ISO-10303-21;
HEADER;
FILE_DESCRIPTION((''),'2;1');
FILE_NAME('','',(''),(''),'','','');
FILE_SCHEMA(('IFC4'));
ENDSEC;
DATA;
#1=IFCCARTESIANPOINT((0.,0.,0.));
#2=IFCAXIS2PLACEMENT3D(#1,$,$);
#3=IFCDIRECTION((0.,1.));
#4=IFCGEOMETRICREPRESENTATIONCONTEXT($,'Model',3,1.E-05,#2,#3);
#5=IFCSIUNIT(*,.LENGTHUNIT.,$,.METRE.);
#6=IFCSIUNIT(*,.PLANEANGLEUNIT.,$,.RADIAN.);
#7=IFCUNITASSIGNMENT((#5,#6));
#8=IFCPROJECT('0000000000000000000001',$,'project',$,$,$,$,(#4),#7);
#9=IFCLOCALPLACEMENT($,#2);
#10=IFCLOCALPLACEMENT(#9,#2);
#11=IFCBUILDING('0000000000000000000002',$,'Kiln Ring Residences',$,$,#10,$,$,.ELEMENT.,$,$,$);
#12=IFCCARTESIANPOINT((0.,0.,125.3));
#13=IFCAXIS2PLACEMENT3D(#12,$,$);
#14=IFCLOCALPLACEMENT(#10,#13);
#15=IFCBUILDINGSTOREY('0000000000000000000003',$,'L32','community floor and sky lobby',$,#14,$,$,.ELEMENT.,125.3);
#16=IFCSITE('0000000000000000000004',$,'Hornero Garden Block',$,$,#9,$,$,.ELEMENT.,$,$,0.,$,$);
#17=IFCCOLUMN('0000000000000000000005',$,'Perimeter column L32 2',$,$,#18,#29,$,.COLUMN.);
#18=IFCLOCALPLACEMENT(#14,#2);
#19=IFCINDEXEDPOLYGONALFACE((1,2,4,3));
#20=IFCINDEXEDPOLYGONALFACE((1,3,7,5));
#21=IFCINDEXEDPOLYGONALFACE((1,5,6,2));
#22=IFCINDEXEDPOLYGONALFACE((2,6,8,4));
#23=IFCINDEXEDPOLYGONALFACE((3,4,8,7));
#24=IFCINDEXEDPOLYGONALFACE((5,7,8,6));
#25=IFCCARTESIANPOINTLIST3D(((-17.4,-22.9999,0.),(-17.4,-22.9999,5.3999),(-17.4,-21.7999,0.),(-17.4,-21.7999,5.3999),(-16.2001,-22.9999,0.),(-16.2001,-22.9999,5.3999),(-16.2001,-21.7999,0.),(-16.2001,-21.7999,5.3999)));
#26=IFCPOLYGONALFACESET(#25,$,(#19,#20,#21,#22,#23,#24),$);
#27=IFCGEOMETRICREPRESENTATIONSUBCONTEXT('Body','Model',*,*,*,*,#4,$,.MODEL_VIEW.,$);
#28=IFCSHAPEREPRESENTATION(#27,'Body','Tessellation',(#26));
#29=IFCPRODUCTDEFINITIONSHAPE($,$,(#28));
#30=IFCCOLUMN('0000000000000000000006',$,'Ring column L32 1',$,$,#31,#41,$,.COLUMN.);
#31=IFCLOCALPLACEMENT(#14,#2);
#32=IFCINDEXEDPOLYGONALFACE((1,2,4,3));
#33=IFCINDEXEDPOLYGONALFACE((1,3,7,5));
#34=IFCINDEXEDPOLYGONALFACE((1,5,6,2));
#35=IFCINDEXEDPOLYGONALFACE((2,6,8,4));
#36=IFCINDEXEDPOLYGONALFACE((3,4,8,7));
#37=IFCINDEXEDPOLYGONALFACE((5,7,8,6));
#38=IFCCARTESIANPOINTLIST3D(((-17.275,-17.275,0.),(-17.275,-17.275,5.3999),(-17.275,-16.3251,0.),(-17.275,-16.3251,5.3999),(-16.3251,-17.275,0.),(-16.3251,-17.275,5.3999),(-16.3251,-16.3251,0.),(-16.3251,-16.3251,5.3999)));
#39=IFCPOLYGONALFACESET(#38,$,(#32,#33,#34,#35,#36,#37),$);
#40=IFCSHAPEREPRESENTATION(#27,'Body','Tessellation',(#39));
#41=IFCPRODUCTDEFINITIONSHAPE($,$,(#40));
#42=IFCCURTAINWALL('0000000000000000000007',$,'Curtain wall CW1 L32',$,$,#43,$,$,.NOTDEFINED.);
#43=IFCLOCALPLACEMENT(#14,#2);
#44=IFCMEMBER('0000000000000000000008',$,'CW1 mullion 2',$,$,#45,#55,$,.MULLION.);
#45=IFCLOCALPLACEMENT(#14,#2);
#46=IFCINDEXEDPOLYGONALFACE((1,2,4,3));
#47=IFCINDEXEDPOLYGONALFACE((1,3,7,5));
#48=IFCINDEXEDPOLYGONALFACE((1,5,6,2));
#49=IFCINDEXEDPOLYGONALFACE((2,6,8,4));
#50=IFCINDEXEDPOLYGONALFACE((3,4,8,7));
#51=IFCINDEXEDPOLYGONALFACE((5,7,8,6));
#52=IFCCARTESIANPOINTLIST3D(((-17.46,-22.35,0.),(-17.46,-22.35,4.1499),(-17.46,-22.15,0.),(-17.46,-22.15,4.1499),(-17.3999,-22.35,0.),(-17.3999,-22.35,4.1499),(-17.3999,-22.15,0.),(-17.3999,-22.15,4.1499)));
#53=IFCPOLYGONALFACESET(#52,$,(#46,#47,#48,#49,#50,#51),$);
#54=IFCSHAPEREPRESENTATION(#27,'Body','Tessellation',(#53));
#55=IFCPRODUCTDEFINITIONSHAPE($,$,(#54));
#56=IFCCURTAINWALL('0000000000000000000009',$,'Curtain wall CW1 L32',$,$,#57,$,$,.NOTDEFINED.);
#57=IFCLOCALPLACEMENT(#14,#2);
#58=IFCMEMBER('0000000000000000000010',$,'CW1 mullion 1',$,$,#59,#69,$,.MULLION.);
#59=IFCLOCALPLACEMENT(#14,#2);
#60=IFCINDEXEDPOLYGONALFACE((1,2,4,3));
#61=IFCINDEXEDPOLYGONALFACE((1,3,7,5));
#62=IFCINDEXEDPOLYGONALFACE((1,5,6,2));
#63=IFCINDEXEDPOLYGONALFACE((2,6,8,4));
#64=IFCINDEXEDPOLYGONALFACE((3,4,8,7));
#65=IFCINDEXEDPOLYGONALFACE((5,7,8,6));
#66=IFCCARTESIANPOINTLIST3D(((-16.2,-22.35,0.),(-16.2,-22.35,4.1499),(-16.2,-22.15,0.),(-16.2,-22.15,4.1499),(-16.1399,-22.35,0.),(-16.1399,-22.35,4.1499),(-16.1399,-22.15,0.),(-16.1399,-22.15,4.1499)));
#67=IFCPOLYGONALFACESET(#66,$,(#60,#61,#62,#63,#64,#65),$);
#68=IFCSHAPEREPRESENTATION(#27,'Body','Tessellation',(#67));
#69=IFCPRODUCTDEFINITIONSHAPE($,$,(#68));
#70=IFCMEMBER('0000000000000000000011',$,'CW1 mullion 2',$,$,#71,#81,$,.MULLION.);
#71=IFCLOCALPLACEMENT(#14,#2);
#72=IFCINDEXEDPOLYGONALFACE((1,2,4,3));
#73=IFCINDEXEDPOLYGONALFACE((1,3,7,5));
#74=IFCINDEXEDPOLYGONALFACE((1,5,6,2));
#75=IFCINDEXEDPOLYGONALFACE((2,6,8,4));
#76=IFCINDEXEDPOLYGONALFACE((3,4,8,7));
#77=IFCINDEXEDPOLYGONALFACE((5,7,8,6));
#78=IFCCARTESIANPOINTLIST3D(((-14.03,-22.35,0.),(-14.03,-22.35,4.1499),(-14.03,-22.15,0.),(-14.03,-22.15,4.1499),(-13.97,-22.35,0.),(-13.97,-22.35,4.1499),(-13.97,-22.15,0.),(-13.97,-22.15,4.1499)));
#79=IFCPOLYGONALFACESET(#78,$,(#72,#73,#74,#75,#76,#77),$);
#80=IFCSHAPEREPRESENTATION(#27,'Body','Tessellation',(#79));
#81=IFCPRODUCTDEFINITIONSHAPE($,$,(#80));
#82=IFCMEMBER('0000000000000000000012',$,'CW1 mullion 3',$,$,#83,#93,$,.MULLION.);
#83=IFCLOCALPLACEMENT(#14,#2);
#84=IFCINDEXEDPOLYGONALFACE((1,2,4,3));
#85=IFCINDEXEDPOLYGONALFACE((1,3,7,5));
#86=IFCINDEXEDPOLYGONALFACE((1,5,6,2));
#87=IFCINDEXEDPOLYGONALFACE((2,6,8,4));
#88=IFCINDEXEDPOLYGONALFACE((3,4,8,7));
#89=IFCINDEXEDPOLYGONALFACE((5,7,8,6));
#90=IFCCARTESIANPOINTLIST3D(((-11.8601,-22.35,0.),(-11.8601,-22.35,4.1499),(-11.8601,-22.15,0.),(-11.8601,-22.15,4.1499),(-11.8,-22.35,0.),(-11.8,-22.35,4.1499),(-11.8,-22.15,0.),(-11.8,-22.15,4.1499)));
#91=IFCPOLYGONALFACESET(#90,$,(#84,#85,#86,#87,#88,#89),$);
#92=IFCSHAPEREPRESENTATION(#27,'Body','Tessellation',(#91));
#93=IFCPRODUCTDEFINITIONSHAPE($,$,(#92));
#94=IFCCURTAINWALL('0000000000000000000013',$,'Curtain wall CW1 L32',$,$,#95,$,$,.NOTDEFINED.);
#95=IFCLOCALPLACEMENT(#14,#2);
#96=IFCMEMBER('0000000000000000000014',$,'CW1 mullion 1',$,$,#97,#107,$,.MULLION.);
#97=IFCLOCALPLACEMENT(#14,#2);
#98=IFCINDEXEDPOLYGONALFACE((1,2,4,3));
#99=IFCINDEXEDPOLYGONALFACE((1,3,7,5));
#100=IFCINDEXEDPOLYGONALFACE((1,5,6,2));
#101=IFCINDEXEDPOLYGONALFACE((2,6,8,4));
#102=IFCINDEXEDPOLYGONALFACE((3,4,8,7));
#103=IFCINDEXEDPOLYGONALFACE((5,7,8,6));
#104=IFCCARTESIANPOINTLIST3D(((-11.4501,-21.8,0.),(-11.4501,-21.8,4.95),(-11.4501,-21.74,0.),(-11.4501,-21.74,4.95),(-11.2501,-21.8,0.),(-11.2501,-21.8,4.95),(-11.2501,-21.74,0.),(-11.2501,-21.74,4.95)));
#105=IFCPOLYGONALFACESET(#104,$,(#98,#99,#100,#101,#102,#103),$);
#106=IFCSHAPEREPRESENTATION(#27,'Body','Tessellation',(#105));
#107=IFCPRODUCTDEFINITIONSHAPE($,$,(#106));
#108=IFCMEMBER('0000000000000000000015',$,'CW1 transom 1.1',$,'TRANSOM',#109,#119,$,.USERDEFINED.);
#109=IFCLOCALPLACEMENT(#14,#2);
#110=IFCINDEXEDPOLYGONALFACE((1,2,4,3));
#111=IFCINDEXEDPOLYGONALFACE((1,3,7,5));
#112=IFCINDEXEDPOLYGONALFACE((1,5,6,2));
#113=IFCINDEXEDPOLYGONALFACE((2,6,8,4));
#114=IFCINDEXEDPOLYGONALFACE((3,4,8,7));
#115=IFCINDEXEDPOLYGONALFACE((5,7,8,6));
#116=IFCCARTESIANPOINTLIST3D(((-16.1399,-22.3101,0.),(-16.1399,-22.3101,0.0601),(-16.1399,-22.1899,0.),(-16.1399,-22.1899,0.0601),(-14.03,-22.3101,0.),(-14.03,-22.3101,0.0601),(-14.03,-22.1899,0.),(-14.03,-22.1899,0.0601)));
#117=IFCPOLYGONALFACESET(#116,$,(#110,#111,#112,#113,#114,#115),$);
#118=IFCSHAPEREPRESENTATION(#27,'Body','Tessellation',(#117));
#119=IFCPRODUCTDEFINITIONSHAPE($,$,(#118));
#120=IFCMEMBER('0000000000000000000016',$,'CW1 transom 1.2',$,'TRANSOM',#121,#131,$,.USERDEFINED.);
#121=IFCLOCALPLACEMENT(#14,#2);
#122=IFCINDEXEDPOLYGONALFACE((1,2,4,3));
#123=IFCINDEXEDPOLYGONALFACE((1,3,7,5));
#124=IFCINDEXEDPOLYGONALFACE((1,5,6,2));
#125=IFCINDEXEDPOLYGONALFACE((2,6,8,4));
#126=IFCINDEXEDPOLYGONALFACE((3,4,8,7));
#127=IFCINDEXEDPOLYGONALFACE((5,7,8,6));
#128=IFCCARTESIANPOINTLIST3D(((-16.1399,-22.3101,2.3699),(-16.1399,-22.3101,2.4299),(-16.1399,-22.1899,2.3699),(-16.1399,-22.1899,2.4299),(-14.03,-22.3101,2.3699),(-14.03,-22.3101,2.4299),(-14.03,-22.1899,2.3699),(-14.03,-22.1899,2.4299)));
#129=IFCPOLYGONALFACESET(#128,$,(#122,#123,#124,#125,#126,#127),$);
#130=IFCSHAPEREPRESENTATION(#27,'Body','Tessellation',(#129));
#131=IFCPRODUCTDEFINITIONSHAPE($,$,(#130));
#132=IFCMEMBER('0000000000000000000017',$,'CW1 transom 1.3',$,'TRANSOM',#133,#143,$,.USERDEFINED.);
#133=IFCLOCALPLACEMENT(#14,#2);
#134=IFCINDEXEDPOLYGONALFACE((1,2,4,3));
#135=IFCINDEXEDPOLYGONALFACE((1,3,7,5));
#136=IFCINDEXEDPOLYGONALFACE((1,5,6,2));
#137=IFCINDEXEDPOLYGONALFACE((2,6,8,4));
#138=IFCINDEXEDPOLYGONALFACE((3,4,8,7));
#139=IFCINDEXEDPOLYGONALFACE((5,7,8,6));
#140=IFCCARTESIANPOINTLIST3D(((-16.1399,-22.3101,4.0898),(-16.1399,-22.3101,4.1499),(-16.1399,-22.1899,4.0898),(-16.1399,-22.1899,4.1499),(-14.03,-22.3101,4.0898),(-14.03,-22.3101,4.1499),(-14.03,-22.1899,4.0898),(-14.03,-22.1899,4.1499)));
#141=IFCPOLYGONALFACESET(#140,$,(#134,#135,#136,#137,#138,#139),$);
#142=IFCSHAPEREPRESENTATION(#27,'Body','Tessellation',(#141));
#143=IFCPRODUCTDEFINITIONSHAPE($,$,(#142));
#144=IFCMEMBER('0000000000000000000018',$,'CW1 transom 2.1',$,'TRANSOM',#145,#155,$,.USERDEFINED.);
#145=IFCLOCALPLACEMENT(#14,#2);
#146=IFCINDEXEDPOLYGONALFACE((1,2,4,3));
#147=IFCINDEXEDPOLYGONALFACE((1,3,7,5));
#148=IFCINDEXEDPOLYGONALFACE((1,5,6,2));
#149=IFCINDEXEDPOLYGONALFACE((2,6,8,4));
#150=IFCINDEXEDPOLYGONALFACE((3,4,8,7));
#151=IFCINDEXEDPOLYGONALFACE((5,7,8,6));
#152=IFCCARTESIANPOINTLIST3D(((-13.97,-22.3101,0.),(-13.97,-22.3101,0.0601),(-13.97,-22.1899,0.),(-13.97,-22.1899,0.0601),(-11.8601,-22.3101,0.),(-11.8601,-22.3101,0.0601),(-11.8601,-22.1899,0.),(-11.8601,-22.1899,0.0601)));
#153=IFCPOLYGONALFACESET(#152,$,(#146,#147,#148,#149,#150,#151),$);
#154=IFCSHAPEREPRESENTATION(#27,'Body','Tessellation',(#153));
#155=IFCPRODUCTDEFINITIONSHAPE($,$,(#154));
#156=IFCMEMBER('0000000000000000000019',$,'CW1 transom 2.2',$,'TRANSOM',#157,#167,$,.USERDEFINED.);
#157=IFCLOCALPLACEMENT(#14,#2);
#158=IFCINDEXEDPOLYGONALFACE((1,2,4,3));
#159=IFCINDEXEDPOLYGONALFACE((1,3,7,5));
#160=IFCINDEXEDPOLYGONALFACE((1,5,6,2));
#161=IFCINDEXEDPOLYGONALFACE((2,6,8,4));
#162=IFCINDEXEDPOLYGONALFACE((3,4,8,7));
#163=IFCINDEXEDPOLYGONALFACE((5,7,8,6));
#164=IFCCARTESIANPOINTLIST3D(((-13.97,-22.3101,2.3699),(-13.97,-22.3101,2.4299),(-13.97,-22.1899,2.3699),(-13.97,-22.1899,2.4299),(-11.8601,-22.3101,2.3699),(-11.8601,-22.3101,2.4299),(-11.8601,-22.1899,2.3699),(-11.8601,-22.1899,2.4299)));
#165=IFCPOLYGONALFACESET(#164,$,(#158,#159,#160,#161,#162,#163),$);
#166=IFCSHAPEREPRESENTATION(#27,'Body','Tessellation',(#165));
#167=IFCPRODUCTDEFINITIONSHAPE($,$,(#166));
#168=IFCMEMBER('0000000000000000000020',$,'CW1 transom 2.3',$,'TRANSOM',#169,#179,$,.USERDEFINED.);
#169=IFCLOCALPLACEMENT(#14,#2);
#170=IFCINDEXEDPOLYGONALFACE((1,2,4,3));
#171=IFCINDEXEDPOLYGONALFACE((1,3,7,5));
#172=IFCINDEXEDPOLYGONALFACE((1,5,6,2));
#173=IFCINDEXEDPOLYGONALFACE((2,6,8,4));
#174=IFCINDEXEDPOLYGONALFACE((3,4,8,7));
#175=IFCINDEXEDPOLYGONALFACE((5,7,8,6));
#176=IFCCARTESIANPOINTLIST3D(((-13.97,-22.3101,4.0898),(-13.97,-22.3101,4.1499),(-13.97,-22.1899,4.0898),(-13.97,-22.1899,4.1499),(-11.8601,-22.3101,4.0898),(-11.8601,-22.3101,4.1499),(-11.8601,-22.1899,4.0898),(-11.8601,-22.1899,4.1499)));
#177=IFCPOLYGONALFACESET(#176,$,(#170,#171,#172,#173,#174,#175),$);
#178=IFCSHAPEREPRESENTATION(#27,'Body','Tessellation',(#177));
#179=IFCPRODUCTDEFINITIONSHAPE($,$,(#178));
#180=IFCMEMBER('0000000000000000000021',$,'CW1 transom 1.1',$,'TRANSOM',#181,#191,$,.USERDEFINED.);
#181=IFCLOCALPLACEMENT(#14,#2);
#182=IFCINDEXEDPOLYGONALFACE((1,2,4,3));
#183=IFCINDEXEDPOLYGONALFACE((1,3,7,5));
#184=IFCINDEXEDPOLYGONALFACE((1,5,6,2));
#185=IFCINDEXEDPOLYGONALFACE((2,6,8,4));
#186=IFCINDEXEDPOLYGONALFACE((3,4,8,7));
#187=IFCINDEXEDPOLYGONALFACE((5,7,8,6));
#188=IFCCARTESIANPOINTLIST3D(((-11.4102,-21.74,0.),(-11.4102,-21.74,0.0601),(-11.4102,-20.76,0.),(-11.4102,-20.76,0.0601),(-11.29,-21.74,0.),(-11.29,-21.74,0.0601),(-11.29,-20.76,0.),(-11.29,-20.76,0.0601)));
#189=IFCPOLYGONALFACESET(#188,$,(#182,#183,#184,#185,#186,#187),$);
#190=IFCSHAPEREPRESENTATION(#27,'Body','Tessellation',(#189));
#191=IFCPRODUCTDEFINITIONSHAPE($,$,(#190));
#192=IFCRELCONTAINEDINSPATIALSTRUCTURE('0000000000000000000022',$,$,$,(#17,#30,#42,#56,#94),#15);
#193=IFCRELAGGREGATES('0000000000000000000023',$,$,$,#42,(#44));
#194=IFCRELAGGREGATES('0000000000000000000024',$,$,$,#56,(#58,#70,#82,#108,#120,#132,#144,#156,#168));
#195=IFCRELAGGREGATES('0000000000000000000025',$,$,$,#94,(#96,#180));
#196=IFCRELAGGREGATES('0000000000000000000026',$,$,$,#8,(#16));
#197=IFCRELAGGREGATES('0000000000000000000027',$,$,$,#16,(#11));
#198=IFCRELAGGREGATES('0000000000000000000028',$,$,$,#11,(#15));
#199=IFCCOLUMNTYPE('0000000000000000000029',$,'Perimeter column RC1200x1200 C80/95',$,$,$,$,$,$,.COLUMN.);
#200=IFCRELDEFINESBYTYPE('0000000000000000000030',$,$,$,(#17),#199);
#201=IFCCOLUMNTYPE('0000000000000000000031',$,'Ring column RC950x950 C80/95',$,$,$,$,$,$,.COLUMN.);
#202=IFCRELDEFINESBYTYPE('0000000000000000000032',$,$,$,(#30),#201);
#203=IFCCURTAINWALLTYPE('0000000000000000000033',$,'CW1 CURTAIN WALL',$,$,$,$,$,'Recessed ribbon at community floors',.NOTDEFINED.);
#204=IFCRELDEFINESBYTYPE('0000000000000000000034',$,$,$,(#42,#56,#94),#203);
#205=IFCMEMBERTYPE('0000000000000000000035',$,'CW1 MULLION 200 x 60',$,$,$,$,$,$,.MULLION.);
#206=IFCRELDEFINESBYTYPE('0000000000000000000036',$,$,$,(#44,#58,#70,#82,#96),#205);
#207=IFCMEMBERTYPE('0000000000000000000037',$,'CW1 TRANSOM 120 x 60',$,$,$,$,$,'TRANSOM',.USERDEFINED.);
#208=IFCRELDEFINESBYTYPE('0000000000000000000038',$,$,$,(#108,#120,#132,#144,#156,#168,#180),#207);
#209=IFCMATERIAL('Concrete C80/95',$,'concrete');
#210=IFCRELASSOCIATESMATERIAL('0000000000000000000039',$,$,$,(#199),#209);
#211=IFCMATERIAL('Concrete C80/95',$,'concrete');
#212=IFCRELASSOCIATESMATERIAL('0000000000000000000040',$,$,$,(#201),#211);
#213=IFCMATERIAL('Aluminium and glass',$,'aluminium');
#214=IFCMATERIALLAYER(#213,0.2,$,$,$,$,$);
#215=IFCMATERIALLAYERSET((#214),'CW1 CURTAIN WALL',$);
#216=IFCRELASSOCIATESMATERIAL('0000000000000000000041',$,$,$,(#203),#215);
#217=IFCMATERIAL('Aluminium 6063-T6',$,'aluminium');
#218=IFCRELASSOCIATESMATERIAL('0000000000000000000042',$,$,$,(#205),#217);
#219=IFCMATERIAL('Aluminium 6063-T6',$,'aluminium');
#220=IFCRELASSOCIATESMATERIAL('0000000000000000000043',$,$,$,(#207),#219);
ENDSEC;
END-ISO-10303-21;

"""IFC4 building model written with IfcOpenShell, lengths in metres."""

from ifc_helpers import new_model, si_unit, direction, frame, origin, origin_2d, place, context, subcontext, project, spatial, rectangle, extrude, material, layer, layer_set, material_profile, profile_set, type_object, element, aggregate, save


model = new_model("IFC4")

# Units and contexts
model_context = context("Model", 3, precision=1e-05, world=origin(), true_north=direction((0.0, 1.0)))
body_context = subcontext(model_context, "Body", "Model", "MODEL_VIEW")
ifc_project = project(units=[si_unit("LENGTHUNIT", "METRE"), si_unit("PLANEANGLEUNIT", "RADIAN")], contexts=[model_context])

# Site, building, storey
site_placement = place(None, origin())
site = spatial("IfcSite", under=ifc_project, at=site_placement, Name="Hornero Garden Block", CompositionType="ELEMENT", RefElevation=0.0)
building_placement = place(site_placement, origin())
building = spatial("IfcBuilding", under=site, at=building_placement, Name="Kiln Ring Residences", CompositionType="ELEMENT")
storey_placement = place(building_placement, frame((0.0, 0.0, 125.3)))
storey = spatial("IfcBuildingStorey", under=building, at=storey_placement, Name="L32", Description="community floor and sky lobby", CompositionType="ELEMENT", Elevation=125.3)

# Columns
ifc_material_1 = material(Name="Concrete C80/95", Category="concrete")
ifc_material_profile_1 = material_profile(ifc_material_1, rectangle(XDim=1.2, YDim=1.2, at=origin_2d()), Name="RC1200x1200")
ifc_profile_set_1 = profile_set([ifc_material_profile_1], Name="Concrete C80/95")
column_type_1 = type_object("IfcColumnType", Name="Perimeter column RC1200x1200 C80/95", PredefinedType="COLUMN", material=ifc_profile_set_1)
column_1_placement = place(storey_placement, frame((-16.8, -22.3999, 0.0), z_axis=(0.0, 0.0, 1.0), x_axis=(1.0, 0.0, 0.0)))
element("IfcColumn", 1, at=column_1_placement, inside=storey, type_object=column_type_1, Name="Perimeter column L32 2", PredefinedType="COLUMN", context=body_context, shape_type="SweptSolid", body=[
    extrude(rectangle(XDim=1.2, YDim=1.2, at=origin_2d()), origin(), (0.0, 0.0, 1.0), 5.3999),
])
ifc_material_2 = material(Name="Concrete C80/95", Category="concrete")
ifc_material_profile_2 = material_profile(ifc_material_2, rectangle(XDim=0.95, YDim=0.95, at=origin_2d()), Name="RC950x950")
ifc_profile_set_2 = profile_set([ifc_material_profile_2], Name="Concrete C80/95")
column_type_2 = type_object("IfcColumnType", Name="Ring column RC950x950 C80/95", PredefinedType="COLUMN", material=ifc_profile_set_2)
column_2_placement = place(storey_placement, frame((-16.8, -16.8, 0.0), z_axis=(0.0, 0.0, 1.0), x_axis=(1.0, 0.0, 0.0)))
element("IfcColumn", 2, at=column_2_placement, inside=storey, type_object=column_type_2, Name="Ring column L32 1", PredefinedType="COLUMN", context=body_context, shape_type="SweptSolid", body=[
    extrude(rectangle(XDim=0.95, YDim=0.95, at=origin_2d()), origin(), (0.0, 0.0, 1.0), 5.3999),
])

# Curtain wall, member
ifc_material_3 = material(Name="Aluminium and glass", Category="aluminium")
ifc_layer_1 = layer(ifc_material_3, 0.2)
ifc_layer_set_1 = layer_set([ifc_layer_1], Name="CW1 CURTAIN WALL")
curtain_wall_type = type_object("IfcCurtainWallType", Name="CW1 CURTAIN WALL", ElementType="Recessed ribbon at community floors", PredefinedType="NOTDEFINED", material=ifc_layer_set_1)
placement = place(storey_placement, origin())
curtain_wall_1 = element("IfcCurtainWall", 3, at=placement, inside=storey, type_object=curtain_wall_type, Name="Curtain wall CW1 L32", PredefinedType="NOTDEFINED")
ifc_material_4 = material(Name="Aluminium 6063-T6", Category="aluminium")
ifc_material_profile_3 = material_profile(ifc_material_4, rectangle(XDim=0.2, YDim=0.0601, at=origin_2d()), Name="AL 200x60")
ifc_profile_set_3 = profile_set([ifc_material_profile_3], Name="Aluminium 6063-T6")
member_type_1 = type_object("IfcMemberType", Name="CW1 MULLION 200 x 60", PredefinedType="MULLION", material=ifc_profile_set_3)
member_1_placement = place(storey_placement, frame((-17.4299, -22.25, 0.0), z_axis=(0.0, 0.0, 1.0), x_axis=(0.0, 1.0, 0.0)))
member_1 = element("IfcMember", 4, at=member_1_placement, type_object=member_type_1, Name="CW1 mullion 2", PredefinedType="MULLION", context=body_context, shape_type="SweptSolid", body=[
    extrude(rectangle(XDim=0.2, YDim=0.0601, at=origin_2d()), origin(), (0.0, 0.0, 1.0), 4.1499),
])
aggregate(curtain_wall_1, [member_1])

# Curtain wall, members
curtain_wall_2 = element("IfcCurtainWall", 5, at=placement, inside=storey, type_object=curtain_wall_type, Name="Curtain wall CW1 L32", PredefinedType="NOTDEFINED")
member_2_placement = place(storey_placement, frame((-16.1699, -22.25, 0.0), z_axis=(0.0, 0.0, 1.0), x_axis=(0.0, 1.0, 0.0)))
member_2 = element("IfcMember", 6, at=member_2_placement, type_object=member_type_1, Name="CW1 mullion 1", PredefinedType="MULLION", context=body_context, shape_type="SweptSolid", body=[
    extrude(rectangle(XDim=0.2, YDim=0.0601, at=origin_2d()), origin(), (0.0, 0.0, 1.0), 4.1499),
])
member_3_placement = place(storey_placement, frame((-14.0, -22.25, 0.0), z_axis=(0.0, 0.0, 1.0), x_axis=(0.0, 1.0, 0.0)))
member_3 = element("IfcMember", 7, at=member_3_placement, type_object=member_type_1, Name="CW1 mullion 2", PredefinedType="MULLION", context=body_context, shape_type="SweptSolid", body=[
    extrude(rectangle(XDim=0.2, YDim=0.0601, at=origin_2d()), origin(), (0.0, 0.0, 1.0), 4.1499),
])
member_4_placement = place(storey_placement, frame((-11.8301, -22.25, 0.0), z_axis=(0.0, 0.0, 1.0), x_axis=(0.0, 1.0, 0.0)))
member_4 = element("IfcMember", 8, at=member_4_placement, type_object=member_type_1, Name="CW1 mullion 3", PredefinedType="MULLION", context=body_context, shape_type="SweptSolid", body=[
    extrude(rectangle(XDim=0.2, YDim=0.0601, at=origin_2d()), origin(), (0.0, 0.0, 1.0), 4.1499),
])

# Curtain wall, member
curtain_wall_3 = element("IfcCurtainWall", 9, at=placement, inside=storey, type_object=curtain_wall_type, Name="Curtain wall CW1 L32", PredefinedType="NOTDEFINED")
member_5_placement = place(storey_placement, frame((-11.3501, -21.77, 0.0), z_axis=(0.0, 0.0, 1.0), x_axis=(-1.0, 0.0, 0.0)))
member_5 = element("IfcMember", 10, at=member_5_placement, type_object=member_type_1, Name="CW1 mullion 1", PredefinedType="MULLION", context=body_context, shape_type="SweptSolid", body=[
    extrude(rectangle(XDim=0.2, YDim=0.0601, at=origin_2d()), origin(), (0.0, 0.0, 1.0), 4.95),
])

# Members
ifc_material_5 = material(Name="Aluminium 6063-T6", Category="aluminium")
ifc_material_profile_4 = material_profile(ifc_material_5, rectangle(XDim=0.1201, YDim=0.0601, at=origin_2d()), Name="AL 120x60")
ifc_profile_set_4 = profile_set([ifc_material_profile_4], Name="Aluminium 6063-T6")
member_type_2 = type_object("IfcMemberType", Name="CW1 TRANSOM 120 x 60", ElementType="TRANSOM", PredefinedType="USERDEFINED", material=ifc_profile_set_4)
member_6_placement = place(storey_placement, frame((-16.1399, -22.25, 0.03), z_axis=(1.0, 0.0, 0.0), x_axis=(0.0, 1.0, 0.0)))
member_6 = element("IfcMember", 11, at=member_6_placement, type_object=member_type_2, Name="CW1 transom 1.1", ObjectType="TRANSOM", PredefinedType="USERDEFINED", context=body_context, shape_type="SweptSolid", body=[
    extrude(rectangle(XDim=0.1201, YDim=0.0601, at=origin_2d()), origin(), (0.0, 0.0, 1.0), 2.1099),
])
member_7_placement = place(storey_placement, frame((-16.1399, -22.25, 2.3999), z_axis=(1.0, 0.0, 0.0), x_axis=(0.0, 1.0, 0.0)))
member_7 = element("IfcMember", 12, at=member_7_placement, type_object=member_type_2, Name="CW1 transom 1.2", ObjectType="TRANSOM", PredefinedType="USERDEFINED", context=body_context, shape_type="SweptSolid", body=[
    extrude(rectangle(XDim=0.1201, YDim=0.0601, at=origin_2d()), origin(), (0.0, 0.0, 1.0), 2.1099),
])
member_8_placement = place(storey_placement, frame((-16.1399, -22.25, 4.1199), z_axis=(1.0, 0.0, 0.0), x_axis=(0.0, 1.0, 0.0)))
member_8 = element("IfcMember", 13, at=member_8_placement, type_object=member_type_2, Name="CW1 transom 1.3", ObjectType="TRANSOM", PredefinedType="USERDEFINED", context=body_context, shape_type="SweptSolid", body=[
    extrude(rectangle(XDim=0.1201, YDim=0.0601, at=origin_2d()), origin(), (0.0, 0.0, 1.0), 2.1099),
])
member_9_placement = place(storey_placement, frame((-13.97, -22.25, 0.03), z_axis=(1.0, 0.0, 0.0), x_axis=(0.0, 1.0, 0.0)))
member_9 = element("IfcMember", 14, at=member_9_placement, type_object=member_type_2, Name="CW1 transom 2.1", ObjectType="TRANSOM", PredefinedType="USERDEFINED", context=body_context, shape_type="SweptSolid", body=[
    extrude(rectangle(XDim=0.1201, YDim=0.0601, at=origin_2d()), origin(), (0.0, 0.0, 1.0), 2.1099),
])
member_10_placement = place(storey_placement, frame((-13.97, -22.25, 2.3999), z_axis=(1.0, 0.0, 0.0), x_axis=(0.0, 1.0, 0.0)))
member_10 = element("IfcMember", 15, at=member_10_placement, type_object=member_type_2, Name="CW1 transom 2.2", ObjectType="TRANSOM", PredefinedType="USERDEFINED", context=body_context, shape_type="SweptSolid", body=[
    extrude(rectangle(XDim=0.1201, YDim=0.0601, at=origin_2d()), origin(), (0.0, 0.0, 1.0), 2.1099),
])
member_11_placement = place(storey_placement, frame((-13.97, -22.25, 4.1199), z_axis=(1.0, 0.0, 0.0), x_axis=(0.0, 1.0, 0.0)))
member_11 = element("IfcMember", 16, at=member_11_placement, type_object=member_type_2, Name="CW1 transom 2.3", ObjectType="TRANSOM", PredefinedType="USERDEFINED", context=body_context, shape_type="SweptSolid", body=[
    extrude(rectangle(XDim=0.1201, YDim=0.0601, at=origin_2d()), origin(), (0.0, 0.0, 1.0), 2.1099),
])
member_12_placement = place(storey_placement, frame((-11.3501, -21.74, 0.03), z_axis=(0.0, 1.0, 0.0), x_axis=(-1.0, 0.0, 0.0)))
member_12 = element("IfcMember", 17, at=member_12_placement, type_object=member_type_2, Name="CW1 transom 1.1", ObjectType="TRANSOM", PredefinedType="USERDEFINED", context=body_context, shape_type="SweptSolid", body=[
    extrude(rectangle(XDim=0.1201, YDim=0.0601, at=origin_2d()), origin(), (0.0, 0.0, 1.0), 0.98),
])

aggregate(curtain_wall_2, [member_2, member_3, member_4, member_6, member_7, member_8, member_9, member_10, member_11])
aggregate(curtain_wall_3, [member_5, member_12])

save(model, "model.ifc")
